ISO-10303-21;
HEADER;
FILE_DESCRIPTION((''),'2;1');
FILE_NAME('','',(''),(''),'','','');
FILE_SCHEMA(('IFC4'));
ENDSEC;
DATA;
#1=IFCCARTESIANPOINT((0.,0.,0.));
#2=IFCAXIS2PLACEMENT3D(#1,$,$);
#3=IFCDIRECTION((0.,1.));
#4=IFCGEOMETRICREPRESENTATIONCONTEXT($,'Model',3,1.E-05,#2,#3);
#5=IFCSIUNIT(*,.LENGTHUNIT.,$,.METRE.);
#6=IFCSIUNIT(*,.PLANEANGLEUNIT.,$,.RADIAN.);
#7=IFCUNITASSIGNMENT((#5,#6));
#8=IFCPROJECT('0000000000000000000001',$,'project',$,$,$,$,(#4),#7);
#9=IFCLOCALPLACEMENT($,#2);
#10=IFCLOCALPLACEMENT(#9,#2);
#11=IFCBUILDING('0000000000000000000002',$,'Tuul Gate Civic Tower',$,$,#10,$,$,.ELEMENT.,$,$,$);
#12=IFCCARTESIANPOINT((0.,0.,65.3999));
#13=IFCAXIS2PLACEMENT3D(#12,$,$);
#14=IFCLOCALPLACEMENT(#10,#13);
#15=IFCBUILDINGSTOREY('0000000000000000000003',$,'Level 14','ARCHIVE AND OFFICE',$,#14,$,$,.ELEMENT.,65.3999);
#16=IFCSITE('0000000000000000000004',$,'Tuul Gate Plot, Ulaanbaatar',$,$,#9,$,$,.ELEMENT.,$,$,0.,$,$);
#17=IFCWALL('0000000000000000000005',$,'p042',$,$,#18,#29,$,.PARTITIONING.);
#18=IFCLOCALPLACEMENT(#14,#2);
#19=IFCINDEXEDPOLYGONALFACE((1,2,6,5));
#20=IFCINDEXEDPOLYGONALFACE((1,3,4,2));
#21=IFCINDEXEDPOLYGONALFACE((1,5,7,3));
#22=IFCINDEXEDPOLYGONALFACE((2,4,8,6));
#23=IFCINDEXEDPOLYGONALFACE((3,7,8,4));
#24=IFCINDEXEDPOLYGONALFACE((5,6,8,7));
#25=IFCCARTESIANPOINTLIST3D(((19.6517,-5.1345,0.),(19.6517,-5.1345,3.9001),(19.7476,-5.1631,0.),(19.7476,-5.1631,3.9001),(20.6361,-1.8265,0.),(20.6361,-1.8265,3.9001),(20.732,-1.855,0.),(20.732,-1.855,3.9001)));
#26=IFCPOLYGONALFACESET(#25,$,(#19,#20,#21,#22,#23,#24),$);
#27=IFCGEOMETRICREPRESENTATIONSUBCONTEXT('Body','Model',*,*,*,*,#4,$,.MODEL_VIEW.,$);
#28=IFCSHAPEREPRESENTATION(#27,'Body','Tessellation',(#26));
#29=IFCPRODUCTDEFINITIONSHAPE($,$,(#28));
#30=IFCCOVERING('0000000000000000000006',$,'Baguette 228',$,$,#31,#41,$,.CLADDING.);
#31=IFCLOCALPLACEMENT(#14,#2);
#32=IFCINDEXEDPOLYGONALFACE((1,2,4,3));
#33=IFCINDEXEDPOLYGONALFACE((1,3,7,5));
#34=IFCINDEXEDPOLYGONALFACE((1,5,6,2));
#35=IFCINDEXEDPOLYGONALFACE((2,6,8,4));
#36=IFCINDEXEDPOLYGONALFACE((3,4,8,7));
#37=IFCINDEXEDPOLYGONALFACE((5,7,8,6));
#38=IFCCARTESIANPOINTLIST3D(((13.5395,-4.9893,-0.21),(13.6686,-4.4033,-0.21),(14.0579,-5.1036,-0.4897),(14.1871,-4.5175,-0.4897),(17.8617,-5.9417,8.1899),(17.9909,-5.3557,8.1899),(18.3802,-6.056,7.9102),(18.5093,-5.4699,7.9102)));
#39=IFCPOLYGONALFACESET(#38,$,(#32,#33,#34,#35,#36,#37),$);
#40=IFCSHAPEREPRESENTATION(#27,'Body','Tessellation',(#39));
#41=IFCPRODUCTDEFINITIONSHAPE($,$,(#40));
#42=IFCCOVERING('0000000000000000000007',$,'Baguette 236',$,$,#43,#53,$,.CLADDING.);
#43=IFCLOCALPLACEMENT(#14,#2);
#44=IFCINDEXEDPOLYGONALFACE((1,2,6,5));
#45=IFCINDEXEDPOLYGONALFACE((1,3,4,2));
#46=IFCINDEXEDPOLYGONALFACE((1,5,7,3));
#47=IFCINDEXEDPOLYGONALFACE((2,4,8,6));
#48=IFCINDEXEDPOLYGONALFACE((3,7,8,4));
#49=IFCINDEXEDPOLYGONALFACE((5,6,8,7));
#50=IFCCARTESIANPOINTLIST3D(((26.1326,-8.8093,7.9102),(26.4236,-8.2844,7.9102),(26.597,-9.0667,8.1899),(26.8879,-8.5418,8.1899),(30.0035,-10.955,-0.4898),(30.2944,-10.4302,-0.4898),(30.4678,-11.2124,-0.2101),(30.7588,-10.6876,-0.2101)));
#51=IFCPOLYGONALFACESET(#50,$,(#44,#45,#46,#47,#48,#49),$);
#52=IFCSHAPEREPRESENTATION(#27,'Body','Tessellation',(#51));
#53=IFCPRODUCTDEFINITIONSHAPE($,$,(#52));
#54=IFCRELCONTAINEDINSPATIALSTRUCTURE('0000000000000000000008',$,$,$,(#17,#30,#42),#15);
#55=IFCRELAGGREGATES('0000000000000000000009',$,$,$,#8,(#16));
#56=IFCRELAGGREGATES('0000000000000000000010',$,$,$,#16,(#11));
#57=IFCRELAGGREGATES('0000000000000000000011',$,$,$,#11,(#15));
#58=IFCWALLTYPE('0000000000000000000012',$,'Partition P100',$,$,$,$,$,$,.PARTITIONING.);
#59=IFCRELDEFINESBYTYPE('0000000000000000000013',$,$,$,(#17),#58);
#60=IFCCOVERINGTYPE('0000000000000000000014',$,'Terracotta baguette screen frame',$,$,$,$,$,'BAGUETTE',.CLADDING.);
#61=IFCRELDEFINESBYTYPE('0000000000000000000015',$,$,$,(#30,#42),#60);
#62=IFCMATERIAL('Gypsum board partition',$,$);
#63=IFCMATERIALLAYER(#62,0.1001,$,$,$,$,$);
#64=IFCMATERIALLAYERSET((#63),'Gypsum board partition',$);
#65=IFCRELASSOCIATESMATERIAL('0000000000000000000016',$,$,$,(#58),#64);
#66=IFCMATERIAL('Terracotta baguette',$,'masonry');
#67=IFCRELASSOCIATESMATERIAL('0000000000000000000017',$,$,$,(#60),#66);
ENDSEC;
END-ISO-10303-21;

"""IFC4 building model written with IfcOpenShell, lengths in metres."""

from ifc_helpers import new_model, si_unit, direction, frame, frame_2d, origin, origin_2d, place, context, subcontext, project, spatial, rectangle, extrude, material, layer, layer_set, material_profile, profile_set, type_object, element, save


model = new_model("IFC4")

# Units and contexts
model_context = context("Model", 3, precision=1e-05, world=origin(), true_north=direction((0.0, 1.0)))
body_context = subcontext(model_context, "Body", "Model", "MODEL_VIEW")
ifc_project = project(units=[si_unit("LENGTHUNIT", "METRE"), si_unit("PLANEANGLEUNIT", "RADIAN")], contexts=[model_context])

# Site, building, storey
site_placement = place(None, origin())
site = spatial("IfcSite", under=ifc_project, at=site_placement, Name="Tuul Gate Plot, Ulaanbaatar", CompositionType="ELEMENT", RefElevation=0.0)
building_placement = place(site_placement, origin())
building = spatial("IfcBuilding", under=site, at=building_placement, Name="Tuul Gate Civic Tower", CompositionType="ELEMENT")
storey_placement = place(building_placement, frame((0.0, 0.0, 65.3999)))
storey = spatial("IfcBuildingStorey", under=building, at=storey_placement, Name="Level 14", Description="ARCHIVE AND OFFICE", CompositionType="ELEMENT", Elevation=65.3999)

# Wall
ifc_material_1 = material(Name="Gypsum board partition")
ifc_layer_1 = layer(ifc_material_1, 0.1001)
ifc_layer_set_1 = layer_set([ifc_layer_1], Name="Gypsum board partition")
wall_type_1 = type_object("IfcWallType", Name="Partition P100", PredefinedType="PARTITIONING", material=ifc_layer_set_1)
wall_1_placement = place(storey_placement, frame((19.6997, -5.1487, 0.0), z_axis=(0.0, 0.0, 1.0), x_axis=(0.285206, 0.958466, 0.0)))
element("IfcWall", 1, at=wall_1_placement, inside=storey, type_object=wall_type_1, Name="p042", PredefinedType="PARTITIONING", context=body_context, shape_type="SweptSolid", body=[
    extrude(rectangle(XDim=3.4514, YDim=0.1001, at=frame_2d((1.7256, 0.0))), origin(), (0.0, 0.0, 1.0), 3.9001),
])

# Coverings
ifc_material_2 = material(Name="Terracotta baguette", Category="masonry")
ifc_material_profile_1 = material_profile(ifc_material_2, rectangle(XDim=0.6001, YDim=0.6001, at=origin_2d()), Name="Terracotta baguette screen frame")
ifc_profile_set_1 = profile_set([ifc_material_profile_1], Name="Terracotta baguette")
covering_type = type_object("IfcCoveringType", Name="Terracotta baguette screen frame", ElementType="BAGUETTE", PredefinedType="CLADDING", material=ifc_profile_set_1)
for number, where, z_axis, x_axis, name in (
    (2, (18.1855, -5.7058, 8.05), (-0.455234, 0.100309, -0.884703), (-0.215184, -0.976574, 0.0), "Baguette 228"),
    (3, (26.5103, -8.6755, 8.05), (0.407693, -0.225999, -0.88471), (0.484828, 0.87461, 0.0), "Baguette 236"),
):
    element("IfcCovering", number, at=place(storey_placement, frame(where, z_axis=z_axis, x_axis=x_axis)), inside=storey, type_object=covering_type, Name=name, PredefinedType="CLADDING", context=body_context, shape_type="SweptSolid", body=[
        extrude(rectangle(XDim=0.6001, YDim=0.6001, at=origin_2d()), origin(), (0.0, 0.0, 1.0), 9.4946),
    ])

save(model, "model.ifc")
